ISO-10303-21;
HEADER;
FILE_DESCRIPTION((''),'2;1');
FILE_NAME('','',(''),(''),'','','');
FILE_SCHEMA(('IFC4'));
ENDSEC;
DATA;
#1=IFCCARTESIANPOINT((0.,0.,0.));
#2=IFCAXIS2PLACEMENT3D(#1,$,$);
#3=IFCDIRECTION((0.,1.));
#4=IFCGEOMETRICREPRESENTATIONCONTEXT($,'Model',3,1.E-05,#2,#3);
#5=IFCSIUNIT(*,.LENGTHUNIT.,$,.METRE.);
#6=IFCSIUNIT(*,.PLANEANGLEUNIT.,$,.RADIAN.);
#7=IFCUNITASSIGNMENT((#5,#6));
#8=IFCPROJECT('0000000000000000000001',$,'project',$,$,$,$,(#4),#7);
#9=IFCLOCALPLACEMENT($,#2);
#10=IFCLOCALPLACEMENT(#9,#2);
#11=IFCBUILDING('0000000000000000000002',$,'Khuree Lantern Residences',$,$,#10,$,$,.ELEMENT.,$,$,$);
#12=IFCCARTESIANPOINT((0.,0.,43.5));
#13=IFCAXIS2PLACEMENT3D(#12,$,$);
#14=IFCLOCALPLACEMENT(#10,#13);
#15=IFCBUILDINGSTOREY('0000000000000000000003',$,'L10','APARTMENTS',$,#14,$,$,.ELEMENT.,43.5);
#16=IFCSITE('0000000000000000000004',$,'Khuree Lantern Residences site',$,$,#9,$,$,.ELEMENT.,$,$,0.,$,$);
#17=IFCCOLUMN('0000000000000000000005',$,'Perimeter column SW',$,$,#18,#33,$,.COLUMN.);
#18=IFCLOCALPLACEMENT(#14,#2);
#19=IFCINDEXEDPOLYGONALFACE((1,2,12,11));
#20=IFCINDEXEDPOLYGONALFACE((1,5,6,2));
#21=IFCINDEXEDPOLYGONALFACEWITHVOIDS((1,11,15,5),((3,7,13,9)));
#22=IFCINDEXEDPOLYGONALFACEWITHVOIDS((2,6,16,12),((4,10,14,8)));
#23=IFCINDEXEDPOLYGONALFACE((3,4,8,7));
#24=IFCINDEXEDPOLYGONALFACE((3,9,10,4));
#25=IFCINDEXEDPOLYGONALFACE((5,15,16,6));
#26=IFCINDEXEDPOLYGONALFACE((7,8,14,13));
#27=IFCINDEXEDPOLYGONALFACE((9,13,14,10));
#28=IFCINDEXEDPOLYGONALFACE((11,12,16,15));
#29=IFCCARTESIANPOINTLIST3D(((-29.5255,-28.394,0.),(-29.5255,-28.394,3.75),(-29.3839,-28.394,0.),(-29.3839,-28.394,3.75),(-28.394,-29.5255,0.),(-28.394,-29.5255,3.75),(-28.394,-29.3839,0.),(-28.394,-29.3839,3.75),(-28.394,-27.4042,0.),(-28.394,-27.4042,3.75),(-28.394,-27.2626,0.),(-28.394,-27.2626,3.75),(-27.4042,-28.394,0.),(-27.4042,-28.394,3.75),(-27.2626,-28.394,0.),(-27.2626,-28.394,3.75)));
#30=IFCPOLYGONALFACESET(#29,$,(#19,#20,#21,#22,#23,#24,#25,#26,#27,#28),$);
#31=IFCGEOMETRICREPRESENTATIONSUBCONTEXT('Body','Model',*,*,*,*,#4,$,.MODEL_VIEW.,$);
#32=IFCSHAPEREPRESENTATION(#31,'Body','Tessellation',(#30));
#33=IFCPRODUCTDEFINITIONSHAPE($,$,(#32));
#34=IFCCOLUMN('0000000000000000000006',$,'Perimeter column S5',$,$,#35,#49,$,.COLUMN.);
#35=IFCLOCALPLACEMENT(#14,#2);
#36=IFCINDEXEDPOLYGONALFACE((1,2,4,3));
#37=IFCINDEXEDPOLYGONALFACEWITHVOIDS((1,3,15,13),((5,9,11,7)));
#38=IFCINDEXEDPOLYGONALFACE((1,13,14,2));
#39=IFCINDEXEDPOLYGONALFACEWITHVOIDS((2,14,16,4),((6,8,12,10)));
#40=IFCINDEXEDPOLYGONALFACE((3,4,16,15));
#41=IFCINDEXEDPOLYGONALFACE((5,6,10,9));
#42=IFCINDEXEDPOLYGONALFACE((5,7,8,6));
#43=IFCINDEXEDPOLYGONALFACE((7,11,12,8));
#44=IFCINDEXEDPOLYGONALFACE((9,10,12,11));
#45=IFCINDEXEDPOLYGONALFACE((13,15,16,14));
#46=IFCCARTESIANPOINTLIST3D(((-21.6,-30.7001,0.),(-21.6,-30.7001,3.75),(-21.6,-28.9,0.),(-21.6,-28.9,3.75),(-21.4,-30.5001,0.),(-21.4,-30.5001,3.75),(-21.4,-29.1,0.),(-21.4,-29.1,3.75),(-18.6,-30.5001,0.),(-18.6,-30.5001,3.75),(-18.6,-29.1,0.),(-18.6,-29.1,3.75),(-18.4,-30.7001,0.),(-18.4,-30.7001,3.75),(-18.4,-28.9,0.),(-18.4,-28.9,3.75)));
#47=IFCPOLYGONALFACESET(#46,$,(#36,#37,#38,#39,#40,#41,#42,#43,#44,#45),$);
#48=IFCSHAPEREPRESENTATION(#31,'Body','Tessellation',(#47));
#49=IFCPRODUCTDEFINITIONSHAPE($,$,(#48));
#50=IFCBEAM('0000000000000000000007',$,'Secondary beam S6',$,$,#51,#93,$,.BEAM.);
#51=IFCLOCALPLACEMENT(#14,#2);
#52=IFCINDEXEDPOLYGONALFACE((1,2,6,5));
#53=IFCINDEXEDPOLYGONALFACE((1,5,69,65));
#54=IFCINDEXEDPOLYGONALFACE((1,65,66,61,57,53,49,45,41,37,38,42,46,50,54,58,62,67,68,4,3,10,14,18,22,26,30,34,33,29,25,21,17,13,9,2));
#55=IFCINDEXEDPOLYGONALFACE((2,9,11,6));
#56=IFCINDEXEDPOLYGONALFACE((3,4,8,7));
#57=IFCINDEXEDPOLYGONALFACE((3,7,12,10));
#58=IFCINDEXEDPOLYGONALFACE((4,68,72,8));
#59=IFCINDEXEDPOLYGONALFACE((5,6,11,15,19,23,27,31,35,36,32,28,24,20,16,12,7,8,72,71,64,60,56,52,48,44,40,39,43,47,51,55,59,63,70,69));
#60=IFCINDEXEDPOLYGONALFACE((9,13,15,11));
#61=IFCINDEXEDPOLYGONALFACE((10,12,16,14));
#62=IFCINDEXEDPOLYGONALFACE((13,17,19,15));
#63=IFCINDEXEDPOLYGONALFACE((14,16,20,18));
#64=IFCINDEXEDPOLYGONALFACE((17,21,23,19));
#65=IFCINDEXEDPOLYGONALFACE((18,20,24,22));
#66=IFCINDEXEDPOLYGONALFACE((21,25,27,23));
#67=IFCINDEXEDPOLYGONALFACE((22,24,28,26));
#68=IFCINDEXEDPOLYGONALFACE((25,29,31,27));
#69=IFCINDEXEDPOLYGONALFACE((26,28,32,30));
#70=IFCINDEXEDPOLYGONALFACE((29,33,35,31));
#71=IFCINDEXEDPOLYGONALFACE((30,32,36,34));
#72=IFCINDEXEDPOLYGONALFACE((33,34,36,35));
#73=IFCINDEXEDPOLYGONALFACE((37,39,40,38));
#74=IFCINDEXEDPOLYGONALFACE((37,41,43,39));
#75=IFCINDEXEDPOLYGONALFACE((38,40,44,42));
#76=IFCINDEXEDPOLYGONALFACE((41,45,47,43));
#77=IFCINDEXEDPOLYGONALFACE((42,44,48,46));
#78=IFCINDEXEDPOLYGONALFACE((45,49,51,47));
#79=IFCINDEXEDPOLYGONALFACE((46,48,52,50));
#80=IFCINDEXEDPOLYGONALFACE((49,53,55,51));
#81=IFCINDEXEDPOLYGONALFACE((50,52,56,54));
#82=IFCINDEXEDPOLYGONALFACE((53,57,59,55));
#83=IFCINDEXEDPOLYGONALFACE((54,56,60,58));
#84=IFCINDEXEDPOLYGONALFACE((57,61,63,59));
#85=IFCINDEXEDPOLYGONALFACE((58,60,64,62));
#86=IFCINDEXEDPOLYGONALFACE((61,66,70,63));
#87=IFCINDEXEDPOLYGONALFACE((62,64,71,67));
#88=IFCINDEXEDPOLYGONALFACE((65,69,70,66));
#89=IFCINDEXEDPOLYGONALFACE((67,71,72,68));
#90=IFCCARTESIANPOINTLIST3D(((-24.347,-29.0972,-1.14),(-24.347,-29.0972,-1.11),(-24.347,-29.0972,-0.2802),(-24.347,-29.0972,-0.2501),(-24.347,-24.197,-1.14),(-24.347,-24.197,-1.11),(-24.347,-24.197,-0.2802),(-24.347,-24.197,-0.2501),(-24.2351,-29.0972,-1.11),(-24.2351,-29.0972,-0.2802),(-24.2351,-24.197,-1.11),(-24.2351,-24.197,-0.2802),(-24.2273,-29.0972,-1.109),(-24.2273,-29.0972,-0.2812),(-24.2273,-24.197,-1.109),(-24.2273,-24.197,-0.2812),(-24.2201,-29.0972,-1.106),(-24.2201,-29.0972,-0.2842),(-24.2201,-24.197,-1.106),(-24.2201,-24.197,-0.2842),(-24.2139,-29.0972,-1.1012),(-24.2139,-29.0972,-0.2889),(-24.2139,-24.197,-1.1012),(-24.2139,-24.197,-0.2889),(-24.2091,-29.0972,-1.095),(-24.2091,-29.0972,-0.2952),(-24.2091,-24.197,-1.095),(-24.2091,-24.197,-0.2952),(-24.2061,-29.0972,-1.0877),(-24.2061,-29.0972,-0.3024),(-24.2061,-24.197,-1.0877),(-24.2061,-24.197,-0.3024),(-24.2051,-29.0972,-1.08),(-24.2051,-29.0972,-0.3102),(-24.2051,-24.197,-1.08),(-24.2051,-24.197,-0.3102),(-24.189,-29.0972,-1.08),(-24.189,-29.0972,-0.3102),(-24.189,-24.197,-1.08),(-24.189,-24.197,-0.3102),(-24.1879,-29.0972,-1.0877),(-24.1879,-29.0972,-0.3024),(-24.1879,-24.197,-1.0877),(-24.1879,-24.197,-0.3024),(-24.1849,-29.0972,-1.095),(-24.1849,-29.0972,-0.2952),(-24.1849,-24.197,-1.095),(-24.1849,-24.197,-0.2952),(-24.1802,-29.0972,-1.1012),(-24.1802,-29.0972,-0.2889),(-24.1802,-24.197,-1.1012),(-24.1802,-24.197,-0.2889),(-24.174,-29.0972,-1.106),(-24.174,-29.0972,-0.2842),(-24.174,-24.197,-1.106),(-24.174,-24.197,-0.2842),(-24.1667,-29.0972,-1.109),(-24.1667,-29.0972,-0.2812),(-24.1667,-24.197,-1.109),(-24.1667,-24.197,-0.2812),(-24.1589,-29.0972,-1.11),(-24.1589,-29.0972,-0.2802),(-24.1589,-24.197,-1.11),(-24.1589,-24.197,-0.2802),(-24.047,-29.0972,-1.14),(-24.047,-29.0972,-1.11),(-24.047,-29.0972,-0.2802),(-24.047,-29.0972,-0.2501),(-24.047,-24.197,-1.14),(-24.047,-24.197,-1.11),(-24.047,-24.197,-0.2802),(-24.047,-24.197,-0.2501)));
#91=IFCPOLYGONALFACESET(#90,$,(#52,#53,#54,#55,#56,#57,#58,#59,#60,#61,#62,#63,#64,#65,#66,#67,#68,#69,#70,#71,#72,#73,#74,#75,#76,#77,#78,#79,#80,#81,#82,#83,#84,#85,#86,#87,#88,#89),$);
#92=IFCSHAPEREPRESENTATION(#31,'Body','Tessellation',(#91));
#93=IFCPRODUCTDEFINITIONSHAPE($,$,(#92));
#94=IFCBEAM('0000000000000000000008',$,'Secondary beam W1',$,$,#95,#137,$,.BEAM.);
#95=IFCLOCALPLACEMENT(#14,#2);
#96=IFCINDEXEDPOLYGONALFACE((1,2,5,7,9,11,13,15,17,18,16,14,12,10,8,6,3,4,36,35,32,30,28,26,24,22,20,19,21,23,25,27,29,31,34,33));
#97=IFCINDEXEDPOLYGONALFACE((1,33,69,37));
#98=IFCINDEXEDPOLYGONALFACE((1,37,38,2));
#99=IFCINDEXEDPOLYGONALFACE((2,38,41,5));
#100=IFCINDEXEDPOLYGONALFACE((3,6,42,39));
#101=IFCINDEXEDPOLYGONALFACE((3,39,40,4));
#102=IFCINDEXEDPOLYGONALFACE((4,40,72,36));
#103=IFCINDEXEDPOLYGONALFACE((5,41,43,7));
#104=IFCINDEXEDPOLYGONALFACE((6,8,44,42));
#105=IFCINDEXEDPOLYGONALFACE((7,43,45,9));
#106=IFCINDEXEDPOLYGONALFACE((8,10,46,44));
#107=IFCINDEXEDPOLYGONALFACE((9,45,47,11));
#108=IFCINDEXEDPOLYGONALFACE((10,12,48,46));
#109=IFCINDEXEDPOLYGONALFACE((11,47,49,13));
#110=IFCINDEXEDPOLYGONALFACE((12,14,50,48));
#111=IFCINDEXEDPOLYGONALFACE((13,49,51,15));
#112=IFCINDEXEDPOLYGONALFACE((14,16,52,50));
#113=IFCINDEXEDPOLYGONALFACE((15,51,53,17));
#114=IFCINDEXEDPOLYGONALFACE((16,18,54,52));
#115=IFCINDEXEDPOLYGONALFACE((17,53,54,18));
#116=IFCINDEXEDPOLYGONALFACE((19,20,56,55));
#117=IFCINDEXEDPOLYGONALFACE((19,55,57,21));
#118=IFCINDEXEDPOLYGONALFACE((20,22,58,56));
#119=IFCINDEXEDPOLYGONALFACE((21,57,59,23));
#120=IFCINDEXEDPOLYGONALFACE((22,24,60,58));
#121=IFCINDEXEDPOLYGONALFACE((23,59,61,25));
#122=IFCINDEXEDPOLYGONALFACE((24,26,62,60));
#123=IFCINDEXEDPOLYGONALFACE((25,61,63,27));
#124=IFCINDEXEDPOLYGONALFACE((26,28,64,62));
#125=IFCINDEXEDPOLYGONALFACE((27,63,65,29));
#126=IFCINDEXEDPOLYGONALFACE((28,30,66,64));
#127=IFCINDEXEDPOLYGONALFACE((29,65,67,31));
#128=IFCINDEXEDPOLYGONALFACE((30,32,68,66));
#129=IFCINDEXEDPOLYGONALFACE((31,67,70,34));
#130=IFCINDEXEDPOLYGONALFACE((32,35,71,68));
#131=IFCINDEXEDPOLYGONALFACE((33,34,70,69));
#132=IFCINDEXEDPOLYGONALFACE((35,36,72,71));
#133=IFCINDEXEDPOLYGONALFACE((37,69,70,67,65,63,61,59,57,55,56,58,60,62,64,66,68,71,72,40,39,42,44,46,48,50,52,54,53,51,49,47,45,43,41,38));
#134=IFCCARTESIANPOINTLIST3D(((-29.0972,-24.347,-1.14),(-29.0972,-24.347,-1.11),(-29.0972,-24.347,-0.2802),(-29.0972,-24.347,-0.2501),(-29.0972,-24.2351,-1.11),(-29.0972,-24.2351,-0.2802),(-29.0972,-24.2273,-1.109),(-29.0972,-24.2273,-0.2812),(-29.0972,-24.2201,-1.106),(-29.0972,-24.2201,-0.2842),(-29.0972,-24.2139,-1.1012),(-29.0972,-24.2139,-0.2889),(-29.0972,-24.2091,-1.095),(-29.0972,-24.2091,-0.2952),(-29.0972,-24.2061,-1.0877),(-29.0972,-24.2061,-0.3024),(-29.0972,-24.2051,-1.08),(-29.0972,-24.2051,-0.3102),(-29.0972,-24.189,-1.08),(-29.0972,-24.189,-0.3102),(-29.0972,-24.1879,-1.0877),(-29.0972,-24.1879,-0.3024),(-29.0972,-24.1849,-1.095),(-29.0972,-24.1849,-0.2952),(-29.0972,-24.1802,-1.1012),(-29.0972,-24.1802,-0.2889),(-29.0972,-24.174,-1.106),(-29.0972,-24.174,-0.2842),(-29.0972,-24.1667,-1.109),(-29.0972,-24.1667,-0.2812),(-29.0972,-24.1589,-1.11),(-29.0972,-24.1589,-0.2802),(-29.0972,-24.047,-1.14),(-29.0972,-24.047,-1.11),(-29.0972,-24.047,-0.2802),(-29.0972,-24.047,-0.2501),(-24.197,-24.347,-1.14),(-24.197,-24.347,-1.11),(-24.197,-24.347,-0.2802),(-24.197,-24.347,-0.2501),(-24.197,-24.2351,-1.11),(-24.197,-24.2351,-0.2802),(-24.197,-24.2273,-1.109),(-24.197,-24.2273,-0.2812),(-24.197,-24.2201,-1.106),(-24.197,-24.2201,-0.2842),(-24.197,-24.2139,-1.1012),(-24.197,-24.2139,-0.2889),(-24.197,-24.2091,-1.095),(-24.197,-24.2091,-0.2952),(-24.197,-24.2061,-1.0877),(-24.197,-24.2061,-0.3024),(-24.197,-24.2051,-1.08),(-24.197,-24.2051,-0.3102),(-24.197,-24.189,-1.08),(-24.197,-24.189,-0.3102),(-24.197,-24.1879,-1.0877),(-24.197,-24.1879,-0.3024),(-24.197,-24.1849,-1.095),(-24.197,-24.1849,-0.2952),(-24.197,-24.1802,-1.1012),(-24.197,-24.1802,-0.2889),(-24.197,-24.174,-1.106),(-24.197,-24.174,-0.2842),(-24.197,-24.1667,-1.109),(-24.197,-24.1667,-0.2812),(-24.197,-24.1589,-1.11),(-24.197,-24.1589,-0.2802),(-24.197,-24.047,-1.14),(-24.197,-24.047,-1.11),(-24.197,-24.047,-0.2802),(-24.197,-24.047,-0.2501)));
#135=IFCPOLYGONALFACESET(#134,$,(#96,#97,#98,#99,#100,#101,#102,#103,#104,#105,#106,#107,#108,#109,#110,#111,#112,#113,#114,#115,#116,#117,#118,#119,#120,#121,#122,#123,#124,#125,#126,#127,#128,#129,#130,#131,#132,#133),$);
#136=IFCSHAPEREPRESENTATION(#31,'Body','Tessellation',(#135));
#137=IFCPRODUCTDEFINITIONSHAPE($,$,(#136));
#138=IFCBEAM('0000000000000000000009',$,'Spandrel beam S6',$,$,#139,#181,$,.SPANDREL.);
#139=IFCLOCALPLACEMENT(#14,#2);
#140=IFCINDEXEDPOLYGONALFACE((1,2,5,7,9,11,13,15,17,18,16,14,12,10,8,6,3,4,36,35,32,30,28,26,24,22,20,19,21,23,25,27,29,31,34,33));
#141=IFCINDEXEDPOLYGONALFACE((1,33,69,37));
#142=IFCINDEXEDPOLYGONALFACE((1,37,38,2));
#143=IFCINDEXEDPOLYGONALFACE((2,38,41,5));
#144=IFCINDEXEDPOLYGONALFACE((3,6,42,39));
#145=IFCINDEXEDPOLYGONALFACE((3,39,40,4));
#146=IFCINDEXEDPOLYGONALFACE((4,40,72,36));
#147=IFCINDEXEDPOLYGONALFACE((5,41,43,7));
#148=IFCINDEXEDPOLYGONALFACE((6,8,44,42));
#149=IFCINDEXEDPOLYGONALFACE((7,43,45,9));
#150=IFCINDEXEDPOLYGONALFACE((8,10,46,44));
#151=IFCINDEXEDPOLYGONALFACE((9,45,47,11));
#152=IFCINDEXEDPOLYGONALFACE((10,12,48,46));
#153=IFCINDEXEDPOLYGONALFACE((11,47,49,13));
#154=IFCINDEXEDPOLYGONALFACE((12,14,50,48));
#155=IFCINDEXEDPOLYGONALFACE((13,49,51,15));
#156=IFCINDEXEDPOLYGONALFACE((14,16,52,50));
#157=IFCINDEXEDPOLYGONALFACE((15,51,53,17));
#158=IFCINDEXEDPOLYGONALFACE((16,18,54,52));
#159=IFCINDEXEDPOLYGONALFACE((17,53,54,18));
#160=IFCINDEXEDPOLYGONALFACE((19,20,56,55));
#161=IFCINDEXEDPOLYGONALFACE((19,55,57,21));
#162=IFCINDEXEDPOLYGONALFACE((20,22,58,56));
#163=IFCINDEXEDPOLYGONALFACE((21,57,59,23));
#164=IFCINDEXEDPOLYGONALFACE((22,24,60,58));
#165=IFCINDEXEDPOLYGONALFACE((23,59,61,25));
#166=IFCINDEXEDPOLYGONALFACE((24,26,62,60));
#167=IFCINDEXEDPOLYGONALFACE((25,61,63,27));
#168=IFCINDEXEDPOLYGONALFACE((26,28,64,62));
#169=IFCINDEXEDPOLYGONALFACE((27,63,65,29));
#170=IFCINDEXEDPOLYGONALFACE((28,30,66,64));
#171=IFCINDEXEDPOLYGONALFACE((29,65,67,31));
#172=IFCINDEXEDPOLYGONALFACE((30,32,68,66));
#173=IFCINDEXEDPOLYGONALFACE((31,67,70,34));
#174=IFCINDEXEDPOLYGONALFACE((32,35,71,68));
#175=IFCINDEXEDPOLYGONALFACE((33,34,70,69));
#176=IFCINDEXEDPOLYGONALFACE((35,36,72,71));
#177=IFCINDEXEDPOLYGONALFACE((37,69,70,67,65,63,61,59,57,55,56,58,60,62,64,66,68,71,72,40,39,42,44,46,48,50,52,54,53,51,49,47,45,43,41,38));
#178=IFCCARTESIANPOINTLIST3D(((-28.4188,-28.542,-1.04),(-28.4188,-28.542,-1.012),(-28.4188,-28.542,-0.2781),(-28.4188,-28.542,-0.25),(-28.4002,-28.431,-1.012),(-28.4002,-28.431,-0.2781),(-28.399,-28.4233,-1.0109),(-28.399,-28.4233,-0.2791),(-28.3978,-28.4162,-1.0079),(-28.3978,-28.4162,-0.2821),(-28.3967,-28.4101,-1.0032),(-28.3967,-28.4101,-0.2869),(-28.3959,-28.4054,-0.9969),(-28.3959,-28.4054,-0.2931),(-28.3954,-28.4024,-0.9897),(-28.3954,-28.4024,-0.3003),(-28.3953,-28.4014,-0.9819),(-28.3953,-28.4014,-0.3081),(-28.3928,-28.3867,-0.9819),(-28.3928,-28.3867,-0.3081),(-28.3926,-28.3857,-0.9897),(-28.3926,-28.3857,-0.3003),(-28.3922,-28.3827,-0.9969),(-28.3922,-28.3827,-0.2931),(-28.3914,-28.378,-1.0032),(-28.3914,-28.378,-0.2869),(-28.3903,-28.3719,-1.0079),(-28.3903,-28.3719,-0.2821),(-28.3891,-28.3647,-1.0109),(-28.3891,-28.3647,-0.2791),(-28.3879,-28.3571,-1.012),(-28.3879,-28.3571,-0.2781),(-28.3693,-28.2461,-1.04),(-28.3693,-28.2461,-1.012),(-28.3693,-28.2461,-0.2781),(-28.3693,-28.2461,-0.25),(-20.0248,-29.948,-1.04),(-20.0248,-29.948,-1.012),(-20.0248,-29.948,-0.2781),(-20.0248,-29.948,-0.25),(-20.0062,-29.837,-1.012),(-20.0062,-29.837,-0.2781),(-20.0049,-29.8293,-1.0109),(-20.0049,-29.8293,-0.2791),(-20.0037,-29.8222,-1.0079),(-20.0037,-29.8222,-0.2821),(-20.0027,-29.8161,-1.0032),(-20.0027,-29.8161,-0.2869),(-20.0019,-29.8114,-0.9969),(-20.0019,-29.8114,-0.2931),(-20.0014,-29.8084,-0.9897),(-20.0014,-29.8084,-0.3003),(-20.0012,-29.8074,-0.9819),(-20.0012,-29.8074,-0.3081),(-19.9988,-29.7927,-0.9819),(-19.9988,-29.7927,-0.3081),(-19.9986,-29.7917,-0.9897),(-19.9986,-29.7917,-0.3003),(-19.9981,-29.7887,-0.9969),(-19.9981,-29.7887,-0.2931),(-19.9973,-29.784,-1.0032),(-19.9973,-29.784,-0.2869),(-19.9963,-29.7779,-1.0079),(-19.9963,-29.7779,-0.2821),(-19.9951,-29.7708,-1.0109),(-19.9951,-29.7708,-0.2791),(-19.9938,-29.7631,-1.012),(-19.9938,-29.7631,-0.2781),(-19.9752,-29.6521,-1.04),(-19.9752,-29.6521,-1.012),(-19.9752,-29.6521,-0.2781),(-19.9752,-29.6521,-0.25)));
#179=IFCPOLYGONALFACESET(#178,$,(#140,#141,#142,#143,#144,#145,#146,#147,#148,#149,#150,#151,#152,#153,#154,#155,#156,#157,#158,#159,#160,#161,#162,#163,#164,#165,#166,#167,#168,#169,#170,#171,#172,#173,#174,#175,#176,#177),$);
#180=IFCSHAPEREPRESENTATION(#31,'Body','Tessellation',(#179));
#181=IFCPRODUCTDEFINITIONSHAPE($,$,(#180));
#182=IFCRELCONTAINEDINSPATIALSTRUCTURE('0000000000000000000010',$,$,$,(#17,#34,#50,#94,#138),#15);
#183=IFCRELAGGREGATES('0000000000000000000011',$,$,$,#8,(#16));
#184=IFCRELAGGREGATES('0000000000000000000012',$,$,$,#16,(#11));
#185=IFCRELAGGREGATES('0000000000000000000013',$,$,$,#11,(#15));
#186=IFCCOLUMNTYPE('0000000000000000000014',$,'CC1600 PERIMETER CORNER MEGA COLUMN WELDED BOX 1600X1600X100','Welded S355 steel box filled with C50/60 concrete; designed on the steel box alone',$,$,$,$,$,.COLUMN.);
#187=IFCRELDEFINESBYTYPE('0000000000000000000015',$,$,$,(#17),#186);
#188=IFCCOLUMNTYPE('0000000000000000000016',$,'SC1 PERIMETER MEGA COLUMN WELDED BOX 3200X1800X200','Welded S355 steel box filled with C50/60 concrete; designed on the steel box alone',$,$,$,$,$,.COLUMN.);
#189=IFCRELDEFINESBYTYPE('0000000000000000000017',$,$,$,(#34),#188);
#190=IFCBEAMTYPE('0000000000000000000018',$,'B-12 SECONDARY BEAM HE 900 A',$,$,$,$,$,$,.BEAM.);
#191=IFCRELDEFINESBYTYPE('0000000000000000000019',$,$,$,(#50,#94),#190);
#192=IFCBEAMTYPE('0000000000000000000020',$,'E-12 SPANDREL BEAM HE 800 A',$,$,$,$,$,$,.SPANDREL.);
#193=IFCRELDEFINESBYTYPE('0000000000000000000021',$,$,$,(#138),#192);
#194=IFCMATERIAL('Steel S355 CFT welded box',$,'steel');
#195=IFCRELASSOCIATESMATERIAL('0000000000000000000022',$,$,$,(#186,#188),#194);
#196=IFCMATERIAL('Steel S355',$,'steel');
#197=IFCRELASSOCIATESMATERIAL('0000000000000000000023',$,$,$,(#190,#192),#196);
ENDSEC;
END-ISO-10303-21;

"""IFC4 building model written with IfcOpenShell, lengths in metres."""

from ifc_helpers import new_model, si_unit, direction, frame, origin, origin_2d, place, context, subcontext, project, spatial, hollow_rectangle, i_section, extrude, material, material_profile, profile_set, type_object, element, save


model = new_model("IFC4")

# Units and contexts
model_context = context("Model", 3, precision=1e-05, world=origin(), true_north=direction((0.0, 1.0)))
body_context = subcontext(model_context, "Body", "Model", "MODEL_VIEW")
ifc_project = project(units=[si_unit("LENGTHUNIT", "METRE"), si_unit("PLANEANGLEUNIT", "RADIAN")], contexts=[model_context])

# Site, building, storey
site_placement = place(None, origin())
site = spatial("IfcSite", under=ifc_project, at=site_placement, Name="Khuree Lantern Residences site", CompositionType="ELEMENT", RefElevation=0.0)
building_placement = place(site_placement, origin())
building = spatial("IfcBuilding", under=site, at=building_placement, Name="Khuree Lantern Residences", CompositionType="ELEMENT")
storey_placement = place(building_placement, frame((0.0, 0.0, 43.5)))
storey = spatial("IfcBuildingStorey", under=building, at=storey_placement, Name="L10", Description="APARTMENTS", CompositionType="ELEMENT", Elevation=43.5)

# Columns
ifc_material_1 = material(Name="Steel S355 CFT welded box", Category="steel")
ifc_material_profile_1 = material_profile(ifc_material_1, hollow_rectangle(XDim=1.6001, YDim=1.6001, WallThickness=0.1001, at=origin_2d()), Name="WELDED BOX 1600X1600X100")
ifc_profile_set_1 = profile_set([ifc_material_profile_1], Name="Steel S355 CFT welded box")
column_type_1 = type_object("IfcColumnType", Name="CC1600 PERIMETER CORNER MEGA COLUMN WELDED BOX 1600X1600X100", Description="Welded S355 steel box filled with C50/60 concrete; designed on the steel box alone", PredefinedType="COLUMN", material=ifc_profile_set_1)
column_1_placement = place(storey_placement, frame((-28.394, -28.394, 0.0), z_axis=(0.0, 0.0, 1.0), x_axis=(0.707107, -0.707107, 0.0)))
element("IfcColumn", 1, at=column_1_placement, inside=storey, type_object=column_type_1, Name="Perimeter column SW", PredefinedType="COLUMN", context=body_context, shape_type="SweptSolid", body=[
    extrude(hollow_rectangle(XDim=1.6001, YDim=1.6001, WallThickness=0.1001, at=origin_2d()), origin(), (0.0, 0.0, 1.0), 3.75),
])
ifc_material_profile_2 = material_profile(ifc_material_1, hollow_rectangle(XDim=3.2, YDim=1.8, WallThickness=0.2, at=origin_2d()), Name="WELDED BOX 3200X1800X200")
ifc_profile_set_2 = profile_set([ifc_material_profile_2], Name="Steel S355 CFT welded box")
column_type_2 = type_object("IfcColumnType", Name="SC1 PERIMETER MEGA COLUMN WELDED BOX 3200X1800X200", Description="Welded S355 steel box filled with C50/60 concrete; designed on the steel box alone", PredefinedType="COLUMN", material=ifc_profile_set_2)
column_2_placement = place(storey_placement, frame((-20.0, -29.8, 0.0), z_axis=(0.0, 0.0, 1.0), x_axis=(1.0, 0.0, 0.0)))
element("IfcColumn", 2, at=column_2_placement, inside=storey, type_object=column_type_2, Name="Perimeter column S5", PredefinedType="COLUMN", context=body_context, shape_type="SweptSolid", body=[
    extrude(hollow_rectangle(XDim=3.2, YDim=1.8, WallThickness=0.2, at=origin_2d()), origin(), (0.0, 0.0, 1.0), 3.75),
])

# Beams
ifc_material_2 = material(Name="Steel S355", Category="steel")
ifc_material_profile_3 = material_profile(ifc_material_2, i_section(OverallWidth=0.3, OverallDepth=0.8899, WebThickness=0.0161, FlangeThickness=0.03, FilletRadius=0.03, at=origin_2d()), Name="HE 900 A")
ifc_profile_set_3 = profile_set([ifc_material_profile_3], Name="Steel S355")
beam_type_1 = type_object("IfcBeamType", Name="B-12 SECONDARY BEAM HE 900 A", PredefinedType="BEAM", material=ifc_profile_set_3)
for number, where, z_axis, x_axis, name in (
    (3, (-24.197, -29.0972, -0.6951), (0.0, 1.0, 0.0), (-1.0, 0.0, 0.0), "Secondary beam S6"),
    (4, (-29.0972, -24.197, -0.6951), (1.0, 0.0, 0.0), (0.0, 1.0, 0.0), "Secondary beam W1"),
):
    element("IfcBeam", number, at=place(storey_placement, frame(where, z_axis=z_axis, x_axis=x_axis)), inside=storey, type_object=beam_type_1, Name=name, PredefinedType="BEAM", context=body_context, shape_type="SweptSolid", body=[
        extrude(i_section(OverallWidth=0.3, OverallDepth=0.8899, WebThickness=0.0161, FlangeThickness=0.03, FilletRadius=0.03, at=origin_2d()), origin(), (0.0, 0.0, 1.0), 4.9001),
    ])
ifc_material_profile_4 = material_profile(ifc_material_2, i_section(OverallWidth=0.3, OverallDepth=0.79, WebThickness=0.0149, FlangeThickness=0.0281, FilletRadius=0.03, at=origin_2d()), Name="HE 800 A")
ifc_profile_set_4 = profile_set([ifc_material_profile_4], Name="Steel S355")
beam_type_2 = type_object("IfcBeamType", Name="E-12 SPANDREL BEAM HE 800 A", PredefinedType="SPANDREL", material=ifc_profile_set_4)
for number, where, z_axis, x_axis, name in (
    (5, (-20.0, -29.8, -0.645), (-0.98626, 0.165199, 0.0), (-0.165199, -0.98626, 0.0), "Spandrel beam S6"),
):
    element("IfcBeam", number, at=place(storey_placement, frame(where, z_axis=z_axis, x_axis=x_axis)), inside=storey, type_object=beam_type_2, Name=name, PredefinedType="SPANDREL", context=body_context, shape_type="SweptSolid", body=[
        extrude(i_section(OverallWidth=0.3, OverallDepth=0.79, WebThickness=0.0149, FlangeThickness=0.0281, FilletRadius=0.03, at=origin_2d()), origin(), (0.0, 0.0, 1.0), 8.511),
    ])

save(model, "model.ifc")
